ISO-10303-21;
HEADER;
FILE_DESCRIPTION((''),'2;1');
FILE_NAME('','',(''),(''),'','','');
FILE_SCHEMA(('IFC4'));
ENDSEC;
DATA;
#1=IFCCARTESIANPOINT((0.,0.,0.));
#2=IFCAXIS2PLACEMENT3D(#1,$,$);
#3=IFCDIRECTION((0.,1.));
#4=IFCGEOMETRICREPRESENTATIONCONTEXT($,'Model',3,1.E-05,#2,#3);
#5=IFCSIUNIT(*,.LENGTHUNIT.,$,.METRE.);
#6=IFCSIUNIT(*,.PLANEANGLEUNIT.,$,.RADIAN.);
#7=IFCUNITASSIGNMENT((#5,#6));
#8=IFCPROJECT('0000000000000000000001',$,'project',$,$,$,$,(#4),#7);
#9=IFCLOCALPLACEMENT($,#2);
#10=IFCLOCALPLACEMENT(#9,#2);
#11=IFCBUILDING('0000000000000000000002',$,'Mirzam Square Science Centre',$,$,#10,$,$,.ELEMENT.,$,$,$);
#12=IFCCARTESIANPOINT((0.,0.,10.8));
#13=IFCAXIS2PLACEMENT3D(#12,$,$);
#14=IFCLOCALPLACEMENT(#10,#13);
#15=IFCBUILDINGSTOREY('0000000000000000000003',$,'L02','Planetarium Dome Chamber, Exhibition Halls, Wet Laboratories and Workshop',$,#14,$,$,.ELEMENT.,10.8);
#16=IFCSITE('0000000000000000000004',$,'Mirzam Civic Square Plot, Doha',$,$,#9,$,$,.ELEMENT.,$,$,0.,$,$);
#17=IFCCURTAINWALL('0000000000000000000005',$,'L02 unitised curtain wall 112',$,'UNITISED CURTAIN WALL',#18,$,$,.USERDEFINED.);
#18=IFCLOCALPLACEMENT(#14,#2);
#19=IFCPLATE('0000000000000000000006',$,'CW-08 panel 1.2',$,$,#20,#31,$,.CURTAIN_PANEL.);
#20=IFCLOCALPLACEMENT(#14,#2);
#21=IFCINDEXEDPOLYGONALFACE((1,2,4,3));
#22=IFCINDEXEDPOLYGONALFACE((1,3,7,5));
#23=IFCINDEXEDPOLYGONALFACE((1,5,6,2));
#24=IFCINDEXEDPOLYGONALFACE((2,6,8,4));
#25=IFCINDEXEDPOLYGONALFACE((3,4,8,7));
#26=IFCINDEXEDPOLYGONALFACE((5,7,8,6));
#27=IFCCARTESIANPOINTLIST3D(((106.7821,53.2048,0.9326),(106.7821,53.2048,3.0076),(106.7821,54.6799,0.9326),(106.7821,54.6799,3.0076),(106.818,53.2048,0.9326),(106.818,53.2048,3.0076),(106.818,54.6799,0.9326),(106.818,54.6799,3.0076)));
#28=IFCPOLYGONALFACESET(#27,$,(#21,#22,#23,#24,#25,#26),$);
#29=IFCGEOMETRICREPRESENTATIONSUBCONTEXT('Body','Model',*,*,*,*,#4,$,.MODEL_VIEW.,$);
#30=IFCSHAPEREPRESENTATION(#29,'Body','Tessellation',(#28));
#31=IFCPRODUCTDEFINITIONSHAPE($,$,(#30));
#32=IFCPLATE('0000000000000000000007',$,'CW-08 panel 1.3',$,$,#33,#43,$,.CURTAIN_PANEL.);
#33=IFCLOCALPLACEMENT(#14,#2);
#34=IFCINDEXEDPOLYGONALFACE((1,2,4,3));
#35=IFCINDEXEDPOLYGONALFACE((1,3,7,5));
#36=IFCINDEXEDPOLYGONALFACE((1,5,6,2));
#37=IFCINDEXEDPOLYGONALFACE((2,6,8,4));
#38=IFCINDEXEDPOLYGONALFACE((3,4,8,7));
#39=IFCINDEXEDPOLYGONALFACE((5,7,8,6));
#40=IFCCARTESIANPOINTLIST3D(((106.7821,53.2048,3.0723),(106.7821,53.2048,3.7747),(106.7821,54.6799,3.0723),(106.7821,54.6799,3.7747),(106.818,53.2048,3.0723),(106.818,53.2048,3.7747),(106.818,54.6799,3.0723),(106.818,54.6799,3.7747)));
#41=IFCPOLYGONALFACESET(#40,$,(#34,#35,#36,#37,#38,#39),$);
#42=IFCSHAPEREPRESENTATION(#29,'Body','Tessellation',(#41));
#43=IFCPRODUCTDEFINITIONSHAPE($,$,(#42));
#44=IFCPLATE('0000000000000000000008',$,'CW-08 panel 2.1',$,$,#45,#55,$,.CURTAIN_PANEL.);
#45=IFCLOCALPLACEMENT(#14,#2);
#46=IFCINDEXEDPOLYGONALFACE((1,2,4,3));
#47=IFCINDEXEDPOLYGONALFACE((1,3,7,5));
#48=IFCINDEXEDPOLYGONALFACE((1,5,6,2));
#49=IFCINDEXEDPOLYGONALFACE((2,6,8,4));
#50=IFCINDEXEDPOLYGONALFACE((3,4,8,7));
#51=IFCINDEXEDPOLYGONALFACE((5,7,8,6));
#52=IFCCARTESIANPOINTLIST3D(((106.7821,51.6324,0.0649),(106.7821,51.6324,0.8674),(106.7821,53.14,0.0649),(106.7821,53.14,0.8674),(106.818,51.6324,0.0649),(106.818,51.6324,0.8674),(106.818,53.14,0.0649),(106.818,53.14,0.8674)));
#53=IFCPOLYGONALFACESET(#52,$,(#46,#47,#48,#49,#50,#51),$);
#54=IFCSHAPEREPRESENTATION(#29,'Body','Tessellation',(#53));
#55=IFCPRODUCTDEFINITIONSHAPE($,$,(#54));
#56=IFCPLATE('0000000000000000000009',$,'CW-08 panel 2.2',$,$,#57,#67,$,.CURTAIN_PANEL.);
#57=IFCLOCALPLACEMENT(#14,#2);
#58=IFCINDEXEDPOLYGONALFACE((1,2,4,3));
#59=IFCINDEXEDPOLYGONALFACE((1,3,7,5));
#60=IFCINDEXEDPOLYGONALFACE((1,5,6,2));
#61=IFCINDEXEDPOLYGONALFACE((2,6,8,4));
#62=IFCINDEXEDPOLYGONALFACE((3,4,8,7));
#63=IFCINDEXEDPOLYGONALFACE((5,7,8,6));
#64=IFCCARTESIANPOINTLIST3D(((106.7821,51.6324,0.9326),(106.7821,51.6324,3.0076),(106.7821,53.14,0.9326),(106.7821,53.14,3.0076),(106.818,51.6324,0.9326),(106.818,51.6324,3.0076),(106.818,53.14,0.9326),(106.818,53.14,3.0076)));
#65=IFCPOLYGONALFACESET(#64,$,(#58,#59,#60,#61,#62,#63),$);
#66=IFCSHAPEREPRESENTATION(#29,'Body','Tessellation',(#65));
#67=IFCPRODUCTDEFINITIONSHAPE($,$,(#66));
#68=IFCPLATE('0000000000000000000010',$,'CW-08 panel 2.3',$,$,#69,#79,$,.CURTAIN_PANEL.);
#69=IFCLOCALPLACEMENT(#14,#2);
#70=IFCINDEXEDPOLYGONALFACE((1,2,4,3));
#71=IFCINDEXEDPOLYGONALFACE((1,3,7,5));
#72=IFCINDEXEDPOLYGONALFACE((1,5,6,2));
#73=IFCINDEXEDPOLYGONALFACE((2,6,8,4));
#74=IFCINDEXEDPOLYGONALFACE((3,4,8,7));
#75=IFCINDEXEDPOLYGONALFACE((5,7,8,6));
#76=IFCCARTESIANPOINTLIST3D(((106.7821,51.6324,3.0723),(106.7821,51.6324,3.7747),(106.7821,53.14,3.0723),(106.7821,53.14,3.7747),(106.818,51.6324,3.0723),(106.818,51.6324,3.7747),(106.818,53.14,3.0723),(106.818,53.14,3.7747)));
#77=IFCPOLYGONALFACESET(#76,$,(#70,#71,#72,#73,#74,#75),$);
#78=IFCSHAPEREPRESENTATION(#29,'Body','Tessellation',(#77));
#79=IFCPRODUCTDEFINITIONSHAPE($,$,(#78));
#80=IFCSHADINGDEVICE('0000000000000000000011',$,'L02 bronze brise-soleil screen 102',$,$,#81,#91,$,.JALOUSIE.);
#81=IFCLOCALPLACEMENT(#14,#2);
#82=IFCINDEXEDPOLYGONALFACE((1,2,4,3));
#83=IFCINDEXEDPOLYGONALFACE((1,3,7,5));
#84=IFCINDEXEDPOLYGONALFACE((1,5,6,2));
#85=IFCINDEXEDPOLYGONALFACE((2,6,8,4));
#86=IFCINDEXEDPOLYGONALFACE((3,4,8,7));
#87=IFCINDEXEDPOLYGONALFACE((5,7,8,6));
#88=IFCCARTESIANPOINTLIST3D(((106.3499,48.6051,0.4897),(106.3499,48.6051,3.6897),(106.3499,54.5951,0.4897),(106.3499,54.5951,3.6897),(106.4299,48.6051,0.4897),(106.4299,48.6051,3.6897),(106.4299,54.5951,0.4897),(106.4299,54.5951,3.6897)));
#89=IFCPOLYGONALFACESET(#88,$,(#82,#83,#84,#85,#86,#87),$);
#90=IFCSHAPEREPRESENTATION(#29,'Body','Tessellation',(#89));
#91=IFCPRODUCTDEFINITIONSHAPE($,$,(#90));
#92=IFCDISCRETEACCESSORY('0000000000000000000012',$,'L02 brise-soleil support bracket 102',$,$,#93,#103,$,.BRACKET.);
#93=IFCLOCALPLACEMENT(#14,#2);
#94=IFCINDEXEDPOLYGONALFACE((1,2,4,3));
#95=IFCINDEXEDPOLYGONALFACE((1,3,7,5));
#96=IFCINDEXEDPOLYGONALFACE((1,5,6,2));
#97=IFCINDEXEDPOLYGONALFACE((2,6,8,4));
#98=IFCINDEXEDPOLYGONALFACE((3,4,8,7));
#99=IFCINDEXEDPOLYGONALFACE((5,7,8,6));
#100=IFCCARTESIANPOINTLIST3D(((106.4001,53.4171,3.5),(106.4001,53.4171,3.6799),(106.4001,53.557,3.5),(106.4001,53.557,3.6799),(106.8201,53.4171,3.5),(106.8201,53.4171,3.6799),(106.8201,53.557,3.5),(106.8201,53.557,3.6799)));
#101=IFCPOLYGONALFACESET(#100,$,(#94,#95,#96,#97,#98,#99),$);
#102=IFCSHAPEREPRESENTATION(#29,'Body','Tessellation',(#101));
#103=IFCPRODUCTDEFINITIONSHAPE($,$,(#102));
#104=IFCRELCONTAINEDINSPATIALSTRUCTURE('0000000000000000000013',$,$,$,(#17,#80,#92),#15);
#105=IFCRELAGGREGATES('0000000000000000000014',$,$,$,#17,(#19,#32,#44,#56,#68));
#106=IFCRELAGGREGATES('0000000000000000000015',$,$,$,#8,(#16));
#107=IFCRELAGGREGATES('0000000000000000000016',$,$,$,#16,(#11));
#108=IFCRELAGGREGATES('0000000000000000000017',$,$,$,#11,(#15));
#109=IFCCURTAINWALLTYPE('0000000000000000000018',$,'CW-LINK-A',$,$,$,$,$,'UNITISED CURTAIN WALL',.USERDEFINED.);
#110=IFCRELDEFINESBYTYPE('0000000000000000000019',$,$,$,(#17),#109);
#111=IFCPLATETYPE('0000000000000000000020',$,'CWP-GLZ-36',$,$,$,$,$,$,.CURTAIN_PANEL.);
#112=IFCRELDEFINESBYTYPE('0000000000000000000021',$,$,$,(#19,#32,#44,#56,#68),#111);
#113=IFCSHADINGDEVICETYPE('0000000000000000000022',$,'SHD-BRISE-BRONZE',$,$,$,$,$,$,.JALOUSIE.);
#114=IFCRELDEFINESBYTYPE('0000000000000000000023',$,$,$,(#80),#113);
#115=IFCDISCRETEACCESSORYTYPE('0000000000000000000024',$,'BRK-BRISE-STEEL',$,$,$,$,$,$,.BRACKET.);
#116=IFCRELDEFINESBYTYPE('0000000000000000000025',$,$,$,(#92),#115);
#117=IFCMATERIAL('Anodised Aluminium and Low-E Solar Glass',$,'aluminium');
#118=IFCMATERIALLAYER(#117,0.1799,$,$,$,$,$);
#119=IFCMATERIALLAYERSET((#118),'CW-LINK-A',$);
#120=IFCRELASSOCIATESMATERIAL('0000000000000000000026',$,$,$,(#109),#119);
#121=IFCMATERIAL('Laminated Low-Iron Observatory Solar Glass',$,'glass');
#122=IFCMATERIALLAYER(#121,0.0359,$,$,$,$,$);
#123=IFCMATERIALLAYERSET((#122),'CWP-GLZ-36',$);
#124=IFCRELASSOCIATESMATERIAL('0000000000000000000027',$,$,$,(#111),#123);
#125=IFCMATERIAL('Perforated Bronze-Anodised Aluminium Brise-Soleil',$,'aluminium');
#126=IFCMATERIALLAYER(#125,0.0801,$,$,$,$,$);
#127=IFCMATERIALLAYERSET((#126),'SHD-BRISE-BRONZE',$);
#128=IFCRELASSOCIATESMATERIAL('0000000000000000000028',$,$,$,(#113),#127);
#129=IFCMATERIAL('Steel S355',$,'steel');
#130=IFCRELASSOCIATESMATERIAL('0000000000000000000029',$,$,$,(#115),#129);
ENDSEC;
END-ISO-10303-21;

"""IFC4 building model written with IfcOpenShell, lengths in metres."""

from ifc_helpers import new_model, si_unit, direction, frame, origin, origin_2d, place, context, subcontext, project, spatial, rectangle, extrude, material, layer, layer_set, type_object, element, aggregate, save


model = new_model("IFC4")

# Units and contexts
model_context = context("Model", 3, precision=1e-05, world=origin(), true_north=direction((0.0, 1.0)))
body_context = subcontext(model_context, "Body", "Model", "MODEL_VIEW")
ifc_project = project(units=[si_unit("LENGTHUNIT", "METRE"), si_unit("PLANEANGLEUNIT", "RADIAN")], contexts=[model_context])

# Site, building, storey
site_placement = place(None, origin())
site = spatial("IfcSite", under=ifc_project, at=site_placement, Name="Mirzam Civic Square Plot, Doha", CompositionType="ELEMENT", RefElevation=0.0)
building_placement = place(site_placement, origin())
building = spatial("IfcBuilding", under=site, at=building_placement, Name="Mirzam Square Science Centre", CompositionType="ELEMENT")
storey_placement = place(building_placement, frame((0.0, 0.0, 10.8)))
storey = spatial("IfcBuildingStorey", under=building, at=storey_placement, Name="L02", Description="Planetarium Dome Chamber, Exhibition Halls, Wet Laboratories and Workshop", CompositionType="ELEMENT", Elevation=10.8)

# Curtain wall
ifc_material_1 = material(Name="Anodised Aluminium and Low-E Solar Glass", Category="aluminium")
ifc_layer_1 = layer(ifc_material_1, 0.1799)
ifc_layer_set_1 = layer_set([ifc_layer_1], Name="CW-LINK-A")
curtain_wall_type = type_object("IfcCurtainWallType", Name="CW-LINK-A", ElementType="UNITISED CURTAIN WALL", PredefinedType="USERDEFINED", material=ifc_layer_set_1)
curtain_wall_placement = place(storey_placement, origin())
curtain_wall = element("IfcCurtainWall", 1, at=curtain_wall_placement, inside=storey, type_object=curtain_wall_type, Name="L02 unitised curtain wall 112", ObjectType="UNITISED CURTAIN WALL", PredefinedType="USERDEFINED")

# Shared definitions
ifc_material_2 = material(Name="Steel S355", Category="steel")

# Plates
ifc_material_3 = material(Name="Laminated Low-Iron Observatory Solar Glass", Category="glass")
ifc_layer_2 = layer(ifc_material_3, 0.0359)
ifc_layer_set_2 = layer_set([ifc_layer_2], Name="CWP-GLZ-36")
plate_type = type_object("IfcPlateType", Name="CWP-GLZ-36", PredefinedType="CURTAIN_PANEL", material=ifc_layer_set_2)
plate_1_placement = place(storey_placement, frame((106.8, 53.9424, 0.9326), z_axis=(0.0, 0.0, 1.0), x_axis=(0.0, -1.0, 0.0)))
plate_1 = element("IfcPlate", 2, at=plate_1_placement, type_object=plate_type, Name="CW-08 panel 1.2", PredefinedType="CURTAIN_PANEL", context=body_context, shape_type="SweptSolid", body=[
    extrude(rectangle(XDim=1.4751, YDim=0.0359, at=origin_2d()), origin(), (0.0, 0.0, 1.0), 2.075),
])
plate_2_placement = place(storey_placement, frame((106.8, 53.9424, 3.0723), z_axis=(0.0, 0.0, 1.0), x_axis=(0.0, -1.0, 0.0)))
plate_2 = element("IfcPlate", 3, at=plate_2_placement, type_object=plate_type, Name="CW-08 panel 1.3", PredefinedType="CURTAIN_PANEL", context=body_context, shape_type="SweptSolid", body=[
    extrude(rectangle(XDim=1.4751, YDim=0.0359, at=origin_2d()), origin(), (0.0, 0.0, 1.0), 0.7024),
])
plate_3_placement = place(storey_placement, frame((106.8, 52.3862, 0.0649), z_axis=(0.0, 0.0, 1.0), x_axis=(0.0, -1.0, 0.0)))
plate_3 = element("IfcPlate", 4, at=plate_3_placement, type_object=plate_type, Name="CW-08 panel 2.1", PredefinedType="CURTAIN_PANEL", context=body_context, shape_type="SweptSolid", body=[
    extrude(rectangle(XDim=1.5076, YDim=0.0359, at=origin_2d()), origin(), (0.0, 0.0, 1.0), 0.8025),
])
plate_4_placement = place(storey_placement, frame((106.8, 52.3862, 0.9326), z_axis=(0.0, 0.0, 1.0), x_axis=(0.0, -1.0, 0.0)))
plate_4 = element("IfcPlate", 5, at=plate_4_placement, type_object=plate_type, Name="CW-08 panel 2.2", PredefinedType="CURTAIN_PANEL", context=body_context, shape_type="SweptSolid", body=[
    extrude(rectangle(XDim=1.5076, YDim=0.0359, at=origin_2d()), origin(), (0.0, 0.0, 1.0), 2.075),
])
plate_5_placement = place(storey_placement, frame((106.8, 52.3862, 3.0723), z_axis=(0.0, 0.0, 1.0), x_axis=(0.0, -1.0, 0.0)))
plate_5 = element("IfcPlate", 6, at=plate_5_placement, type_object=plate_type, Name="CW-08 panel 2.3", PredefinedType="CURTAIN_PANEL", context=body_context, shape_type="SweptSolid", body=[
    extrude(rectangle(XDim=1.5076, YDim=0.0359, at=origin_2d()), origin(), (0.0, 0.0, 1.0), 0.7024),
])
aggregate(curtain_wall, [plate_1, plate_2, plate_3, plate_4, plate_5])

# Shading device
ifc_material_4 = material(Name="Perforated Bronze-Anodised Aluminium Brise-Soleil", Category="aluminium")
ifc_layer_3 = layer(ifc_material_4, 0.0801)
ifc_layer_set_3 = layer_set([ifc_layer_3], Name="SHD-BRISE-BRONZE")
shading_device_type = type_object("IfcShadingDeviceType", Name="SHD-BRISE-BRONZE", PredefinedType="JALOUSIE", material=ifc_layer_set_3)
shading_device_placement = place(storey_placement, frame((106.3899, 51.6001, 0.4897), z_axis=(0.0, 0.0, 1.0), x_axis=(0.0, -1.0, 0.0)))
element("IfcShadingDevice", 7, at=shading_device_placement, inside=storey, type_object=shading_device_type, Name="L02 bronze brise-soleil screen 102", PredefinedType="JALOUSIE", context=body_context, shape_type="SweptSolid", body=[
    extrude(rectangle(XDim=5.99, YDim=0.0801, at=origin_2d()), origin(), (0.0, 0.0, 1.0), 3.2),
])

# Discrete accessory
discrete_accessory_type = type_object("IfcDiscreteAccessoryType", Name="BRK-BRISE-STEEL", PredefinedType="BRACKET", material=ifc_material_2)
discrete_accessory_placement = place(storey_placement, frame((106.6101, 53.4871, 3.5), z_axis=(0.0, 0.0, 1.0), x_axis=(0.0, -1.0, 0.0)))
element("IfcDiscreteAccessory", 8, at=discrete_accessory_placement, inside=storey, type_object=discrete_accessory_type, Name="L02 brise-soleil support bracket 102", PredefinedType="BRACKET", context=body_context, shape_type="SweptSolid", body=[
    extrude(rectangle(XDim=0.1399, YDim=0.4199, at=origin_2d()), origin(), (0.0, 0.0, 1.0), 0.1799),
])

save(model, "model.ifc")
